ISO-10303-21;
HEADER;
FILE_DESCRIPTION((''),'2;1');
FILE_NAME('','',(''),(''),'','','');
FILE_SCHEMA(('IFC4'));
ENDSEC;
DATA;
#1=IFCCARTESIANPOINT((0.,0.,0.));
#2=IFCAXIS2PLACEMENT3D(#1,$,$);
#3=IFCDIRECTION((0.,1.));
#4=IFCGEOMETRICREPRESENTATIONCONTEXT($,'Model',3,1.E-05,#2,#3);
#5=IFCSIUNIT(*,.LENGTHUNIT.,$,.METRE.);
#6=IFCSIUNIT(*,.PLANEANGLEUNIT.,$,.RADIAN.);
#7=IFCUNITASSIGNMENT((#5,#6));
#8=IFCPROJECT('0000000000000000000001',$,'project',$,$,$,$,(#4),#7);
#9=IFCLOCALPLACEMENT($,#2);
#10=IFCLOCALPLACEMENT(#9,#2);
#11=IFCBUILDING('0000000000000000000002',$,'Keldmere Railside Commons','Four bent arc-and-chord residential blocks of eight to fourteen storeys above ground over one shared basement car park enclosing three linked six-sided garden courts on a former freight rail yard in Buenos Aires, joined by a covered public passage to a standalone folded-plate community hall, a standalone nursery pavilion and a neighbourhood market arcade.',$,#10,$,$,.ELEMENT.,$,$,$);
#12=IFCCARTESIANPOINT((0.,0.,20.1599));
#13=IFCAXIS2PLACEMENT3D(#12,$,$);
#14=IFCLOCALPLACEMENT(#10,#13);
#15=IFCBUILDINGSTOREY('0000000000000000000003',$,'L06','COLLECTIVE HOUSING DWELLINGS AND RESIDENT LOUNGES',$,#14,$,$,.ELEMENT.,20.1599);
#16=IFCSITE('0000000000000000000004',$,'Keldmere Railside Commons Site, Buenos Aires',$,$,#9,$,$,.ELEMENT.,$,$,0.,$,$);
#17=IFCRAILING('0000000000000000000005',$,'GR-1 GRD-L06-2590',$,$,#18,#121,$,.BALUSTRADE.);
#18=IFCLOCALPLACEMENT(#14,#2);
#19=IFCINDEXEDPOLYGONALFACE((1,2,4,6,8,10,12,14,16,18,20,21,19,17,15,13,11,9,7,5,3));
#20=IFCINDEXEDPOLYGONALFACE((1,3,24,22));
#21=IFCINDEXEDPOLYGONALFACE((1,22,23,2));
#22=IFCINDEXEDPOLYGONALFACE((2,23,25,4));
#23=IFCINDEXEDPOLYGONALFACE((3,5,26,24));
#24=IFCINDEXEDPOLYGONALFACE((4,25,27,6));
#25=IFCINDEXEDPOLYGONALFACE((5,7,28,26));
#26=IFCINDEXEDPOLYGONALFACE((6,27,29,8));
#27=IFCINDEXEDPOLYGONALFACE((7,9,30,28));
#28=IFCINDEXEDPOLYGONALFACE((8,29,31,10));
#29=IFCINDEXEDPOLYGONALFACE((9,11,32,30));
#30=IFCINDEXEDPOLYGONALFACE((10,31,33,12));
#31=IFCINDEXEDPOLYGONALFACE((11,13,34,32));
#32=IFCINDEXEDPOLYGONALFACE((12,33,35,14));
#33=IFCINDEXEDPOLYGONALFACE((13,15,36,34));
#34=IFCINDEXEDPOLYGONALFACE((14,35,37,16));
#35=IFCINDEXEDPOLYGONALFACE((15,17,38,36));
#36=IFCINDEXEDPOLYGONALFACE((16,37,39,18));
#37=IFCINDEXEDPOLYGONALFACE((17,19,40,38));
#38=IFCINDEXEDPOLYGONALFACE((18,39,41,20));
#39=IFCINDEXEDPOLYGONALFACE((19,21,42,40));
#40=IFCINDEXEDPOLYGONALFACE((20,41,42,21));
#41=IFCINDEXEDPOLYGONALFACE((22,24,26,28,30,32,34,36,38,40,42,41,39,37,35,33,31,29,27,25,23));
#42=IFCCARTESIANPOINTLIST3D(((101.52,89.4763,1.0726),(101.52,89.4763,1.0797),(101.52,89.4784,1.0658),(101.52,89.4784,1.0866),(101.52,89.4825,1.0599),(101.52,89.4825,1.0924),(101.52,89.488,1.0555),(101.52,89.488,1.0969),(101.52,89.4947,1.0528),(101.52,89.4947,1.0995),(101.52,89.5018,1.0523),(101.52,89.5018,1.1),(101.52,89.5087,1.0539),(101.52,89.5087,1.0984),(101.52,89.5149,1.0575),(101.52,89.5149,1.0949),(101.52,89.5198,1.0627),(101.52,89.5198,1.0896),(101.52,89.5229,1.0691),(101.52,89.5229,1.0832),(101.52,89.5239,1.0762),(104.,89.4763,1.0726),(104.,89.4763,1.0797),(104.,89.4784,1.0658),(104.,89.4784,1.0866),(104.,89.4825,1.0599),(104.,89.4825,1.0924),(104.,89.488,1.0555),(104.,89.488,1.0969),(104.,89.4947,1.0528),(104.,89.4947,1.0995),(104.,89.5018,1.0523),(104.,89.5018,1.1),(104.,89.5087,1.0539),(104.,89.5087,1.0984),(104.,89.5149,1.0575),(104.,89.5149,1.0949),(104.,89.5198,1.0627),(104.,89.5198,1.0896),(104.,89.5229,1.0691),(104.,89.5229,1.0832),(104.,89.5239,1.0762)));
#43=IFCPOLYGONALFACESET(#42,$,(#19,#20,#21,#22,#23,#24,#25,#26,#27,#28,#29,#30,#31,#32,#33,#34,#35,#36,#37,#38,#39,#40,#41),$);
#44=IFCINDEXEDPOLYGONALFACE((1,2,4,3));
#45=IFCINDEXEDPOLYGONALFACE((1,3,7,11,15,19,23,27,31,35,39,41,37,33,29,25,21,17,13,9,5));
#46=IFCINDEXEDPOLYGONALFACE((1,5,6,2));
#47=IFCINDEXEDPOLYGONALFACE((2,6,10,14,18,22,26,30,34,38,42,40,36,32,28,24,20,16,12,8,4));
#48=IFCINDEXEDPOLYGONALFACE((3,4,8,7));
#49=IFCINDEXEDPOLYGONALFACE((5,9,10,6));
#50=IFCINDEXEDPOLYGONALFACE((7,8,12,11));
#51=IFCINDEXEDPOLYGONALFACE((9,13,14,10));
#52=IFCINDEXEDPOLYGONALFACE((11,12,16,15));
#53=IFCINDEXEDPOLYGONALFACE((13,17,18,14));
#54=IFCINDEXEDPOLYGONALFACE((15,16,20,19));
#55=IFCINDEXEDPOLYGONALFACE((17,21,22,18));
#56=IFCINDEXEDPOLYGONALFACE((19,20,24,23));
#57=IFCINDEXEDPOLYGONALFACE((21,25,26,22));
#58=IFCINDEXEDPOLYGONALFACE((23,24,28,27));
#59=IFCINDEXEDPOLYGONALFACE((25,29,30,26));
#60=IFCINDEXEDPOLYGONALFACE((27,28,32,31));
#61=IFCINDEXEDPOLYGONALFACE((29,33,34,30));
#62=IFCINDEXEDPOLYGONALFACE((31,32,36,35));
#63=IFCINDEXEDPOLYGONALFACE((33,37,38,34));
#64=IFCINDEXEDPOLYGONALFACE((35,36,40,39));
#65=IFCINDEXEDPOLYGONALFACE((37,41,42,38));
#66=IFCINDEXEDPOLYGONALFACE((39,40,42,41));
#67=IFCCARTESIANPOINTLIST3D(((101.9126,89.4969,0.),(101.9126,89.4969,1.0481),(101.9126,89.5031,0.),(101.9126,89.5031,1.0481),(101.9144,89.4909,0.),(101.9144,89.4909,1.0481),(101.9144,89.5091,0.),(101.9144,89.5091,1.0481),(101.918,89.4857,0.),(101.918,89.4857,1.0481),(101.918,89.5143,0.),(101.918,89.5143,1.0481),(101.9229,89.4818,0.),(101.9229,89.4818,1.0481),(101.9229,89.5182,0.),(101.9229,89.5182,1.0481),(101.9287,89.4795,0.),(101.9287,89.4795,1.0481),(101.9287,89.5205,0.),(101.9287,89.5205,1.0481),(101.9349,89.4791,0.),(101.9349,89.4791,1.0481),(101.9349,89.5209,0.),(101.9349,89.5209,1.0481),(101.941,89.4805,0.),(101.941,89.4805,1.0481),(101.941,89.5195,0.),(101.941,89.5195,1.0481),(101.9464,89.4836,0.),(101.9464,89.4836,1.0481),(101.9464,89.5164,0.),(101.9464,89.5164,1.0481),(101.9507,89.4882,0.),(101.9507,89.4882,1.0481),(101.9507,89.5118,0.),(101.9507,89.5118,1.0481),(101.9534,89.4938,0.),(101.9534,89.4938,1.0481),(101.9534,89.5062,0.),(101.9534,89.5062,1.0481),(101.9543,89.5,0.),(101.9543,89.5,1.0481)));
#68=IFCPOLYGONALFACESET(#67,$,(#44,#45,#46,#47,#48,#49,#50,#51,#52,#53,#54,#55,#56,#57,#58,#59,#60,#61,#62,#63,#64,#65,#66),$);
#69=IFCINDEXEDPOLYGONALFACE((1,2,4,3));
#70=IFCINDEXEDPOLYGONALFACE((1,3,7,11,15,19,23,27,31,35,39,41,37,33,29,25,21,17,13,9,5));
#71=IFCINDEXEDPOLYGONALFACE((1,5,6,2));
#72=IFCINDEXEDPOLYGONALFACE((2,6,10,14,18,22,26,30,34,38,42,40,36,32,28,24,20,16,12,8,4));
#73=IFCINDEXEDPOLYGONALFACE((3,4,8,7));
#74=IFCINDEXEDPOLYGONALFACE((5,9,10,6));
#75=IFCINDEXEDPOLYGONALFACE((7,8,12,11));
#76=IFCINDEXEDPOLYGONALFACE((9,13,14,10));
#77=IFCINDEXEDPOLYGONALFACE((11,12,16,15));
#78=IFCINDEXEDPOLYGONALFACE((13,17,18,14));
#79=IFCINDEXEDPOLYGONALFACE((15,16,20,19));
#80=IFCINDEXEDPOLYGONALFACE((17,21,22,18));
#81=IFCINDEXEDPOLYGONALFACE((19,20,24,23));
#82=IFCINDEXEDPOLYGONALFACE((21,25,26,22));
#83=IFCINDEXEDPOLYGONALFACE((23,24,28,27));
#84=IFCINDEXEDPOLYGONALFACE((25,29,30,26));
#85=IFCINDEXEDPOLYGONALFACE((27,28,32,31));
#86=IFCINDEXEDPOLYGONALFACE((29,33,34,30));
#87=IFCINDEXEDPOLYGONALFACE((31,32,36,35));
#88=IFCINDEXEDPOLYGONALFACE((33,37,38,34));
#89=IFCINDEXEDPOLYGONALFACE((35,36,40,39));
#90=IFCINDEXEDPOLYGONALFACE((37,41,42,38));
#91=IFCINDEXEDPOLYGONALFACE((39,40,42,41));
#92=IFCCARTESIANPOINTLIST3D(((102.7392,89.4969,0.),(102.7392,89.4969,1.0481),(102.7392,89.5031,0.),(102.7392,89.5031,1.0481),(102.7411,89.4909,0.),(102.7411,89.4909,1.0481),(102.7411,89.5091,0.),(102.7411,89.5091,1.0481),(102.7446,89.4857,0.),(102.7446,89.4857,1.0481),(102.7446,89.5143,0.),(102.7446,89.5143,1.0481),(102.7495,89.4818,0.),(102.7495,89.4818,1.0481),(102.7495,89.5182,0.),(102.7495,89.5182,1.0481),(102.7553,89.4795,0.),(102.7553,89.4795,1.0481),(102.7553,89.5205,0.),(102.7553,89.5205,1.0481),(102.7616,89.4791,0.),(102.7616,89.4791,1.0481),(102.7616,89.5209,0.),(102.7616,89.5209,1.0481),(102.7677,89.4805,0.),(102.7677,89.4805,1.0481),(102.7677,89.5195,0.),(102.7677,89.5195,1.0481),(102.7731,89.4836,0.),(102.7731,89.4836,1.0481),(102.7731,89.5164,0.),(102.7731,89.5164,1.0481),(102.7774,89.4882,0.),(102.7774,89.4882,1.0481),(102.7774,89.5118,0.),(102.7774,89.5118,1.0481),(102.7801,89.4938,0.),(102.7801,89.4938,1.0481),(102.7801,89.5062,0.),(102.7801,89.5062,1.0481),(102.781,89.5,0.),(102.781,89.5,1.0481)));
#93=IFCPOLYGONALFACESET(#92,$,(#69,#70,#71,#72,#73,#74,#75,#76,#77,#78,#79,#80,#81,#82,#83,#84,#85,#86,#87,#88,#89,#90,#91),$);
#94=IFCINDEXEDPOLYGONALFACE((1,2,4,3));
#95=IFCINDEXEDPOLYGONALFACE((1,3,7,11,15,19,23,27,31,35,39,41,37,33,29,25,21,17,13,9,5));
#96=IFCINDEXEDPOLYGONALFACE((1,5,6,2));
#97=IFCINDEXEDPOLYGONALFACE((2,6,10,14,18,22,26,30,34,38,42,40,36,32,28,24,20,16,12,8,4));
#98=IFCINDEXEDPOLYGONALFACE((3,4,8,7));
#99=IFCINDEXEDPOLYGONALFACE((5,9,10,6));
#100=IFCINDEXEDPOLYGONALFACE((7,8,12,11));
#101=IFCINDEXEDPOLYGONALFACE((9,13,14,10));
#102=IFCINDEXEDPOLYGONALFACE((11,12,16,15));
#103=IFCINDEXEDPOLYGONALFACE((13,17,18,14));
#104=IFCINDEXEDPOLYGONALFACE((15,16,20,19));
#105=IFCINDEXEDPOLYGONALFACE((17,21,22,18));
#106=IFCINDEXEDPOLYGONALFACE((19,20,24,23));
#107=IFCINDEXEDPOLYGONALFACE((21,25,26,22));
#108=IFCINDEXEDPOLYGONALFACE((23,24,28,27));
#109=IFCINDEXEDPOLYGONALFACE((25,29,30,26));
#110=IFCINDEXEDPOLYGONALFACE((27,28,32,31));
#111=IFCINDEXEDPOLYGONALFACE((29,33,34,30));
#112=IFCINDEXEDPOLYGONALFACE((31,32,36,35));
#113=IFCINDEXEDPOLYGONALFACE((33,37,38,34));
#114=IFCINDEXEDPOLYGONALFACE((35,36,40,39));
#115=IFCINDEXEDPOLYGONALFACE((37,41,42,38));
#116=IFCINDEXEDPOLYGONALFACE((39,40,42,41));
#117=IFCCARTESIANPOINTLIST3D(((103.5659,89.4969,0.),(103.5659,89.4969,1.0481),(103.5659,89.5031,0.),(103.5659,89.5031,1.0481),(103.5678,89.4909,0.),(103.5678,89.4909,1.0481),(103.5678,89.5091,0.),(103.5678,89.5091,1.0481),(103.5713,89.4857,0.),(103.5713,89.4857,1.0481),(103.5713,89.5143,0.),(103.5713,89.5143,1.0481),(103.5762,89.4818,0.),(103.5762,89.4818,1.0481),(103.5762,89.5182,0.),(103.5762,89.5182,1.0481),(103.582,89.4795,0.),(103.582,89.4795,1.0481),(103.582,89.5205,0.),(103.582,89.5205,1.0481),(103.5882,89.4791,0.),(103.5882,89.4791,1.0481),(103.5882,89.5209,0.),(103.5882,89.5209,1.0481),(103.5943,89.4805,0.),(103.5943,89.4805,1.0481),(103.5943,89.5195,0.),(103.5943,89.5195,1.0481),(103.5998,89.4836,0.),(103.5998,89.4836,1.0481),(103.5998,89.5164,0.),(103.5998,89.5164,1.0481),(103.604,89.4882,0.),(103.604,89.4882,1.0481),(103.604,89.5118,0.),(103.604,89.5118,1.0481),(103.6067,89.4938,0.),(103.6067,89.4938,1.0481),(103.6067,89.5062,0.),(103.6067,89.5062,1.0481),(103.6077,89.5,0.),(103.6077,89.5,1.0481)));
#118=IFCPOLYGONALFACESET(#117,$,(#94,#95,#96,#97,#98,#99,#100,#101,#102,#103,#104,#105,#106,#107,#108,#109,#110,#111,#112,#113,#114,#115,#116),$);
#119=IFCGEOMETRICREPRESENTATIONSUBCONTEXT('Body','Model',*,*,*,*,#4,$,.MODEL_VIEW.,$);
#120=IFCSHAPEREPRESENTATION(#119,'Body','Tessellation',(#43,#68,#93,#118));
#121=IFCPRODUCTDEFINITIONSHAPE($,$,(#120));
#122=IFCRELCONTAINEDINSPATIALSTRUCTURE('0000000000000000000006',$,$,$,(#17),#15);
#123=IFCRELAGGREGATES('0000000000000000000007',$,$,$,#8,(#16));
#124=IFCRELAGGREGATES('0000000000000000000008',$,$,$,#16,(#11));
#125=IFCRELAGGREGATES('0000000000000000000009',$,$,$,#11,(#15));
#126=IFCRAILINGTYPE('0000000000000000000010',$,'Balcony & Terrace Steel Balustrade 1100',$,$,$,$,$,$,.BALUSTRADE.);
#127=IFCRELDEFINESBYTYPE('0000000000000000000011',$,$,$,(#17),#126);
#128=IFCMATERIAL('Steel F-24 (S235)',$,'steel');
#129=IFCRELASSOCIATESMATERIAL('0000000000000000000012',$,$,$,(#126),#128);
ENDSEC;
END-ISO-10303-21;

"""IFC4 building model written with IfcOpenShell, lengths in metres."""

from ifc_helpers import new_model, si_unit, direction, frame, origin, origin_2d, place, context, subcontext, project, spatial, circle, extrude, material, type_object, element, save


model = new_model("IFC4")

# Units and contexts
model_context = context("Model", 3, precision=1e-05, world=origin(), true_north=direction((0.0, 1.0)))
body_context = subcontext(model_context, "Body", "Model", "MODEL_VIEW")
ifc_project = project(units=[si_unit("LENGTHUNIT", "METRE"), si_unit("PLANEANGLEUNIT", "RADIAN")], contexts=[model_context])

# Site, building, storey
site_placement = place(None, origin())
site = spatial("IfcSite", under=ifc_project, at=site_placement, Name="Keldmere Railside Commons Site, Buenos Aires", CompositionType="ELEMENT", RefElevation=0.0)
building_placement = place(site_placement, origin())
building = spatial("IfcBuilding", under=site, at=building_placement, Name="Keldmere Railside Commons", Description="Four bent arc-and-chord residential blocks of eight to fourteen storeys above ground over one shared basement car park enclosing three linked six-sided garden courts on a former freight rail yard in Buenos Aires, joined by a covered public passage to a standalone folded-plate community hall, a standalone nursery pavilion and a neighbourhood market arcade.", CompositionType="ELEMENT")
storey_placement = place(building_placement, frame((0.0, 0.0, 20.1599)))
storey = spatial("IfcBuildingStorey", under=building, at=storey_placement, Name="L06", Description="COLLECTIVE HOUSING DWELLINGS AND RESIDENT LOUNGES", CompositionType="ELEMENT", Elevation=20.1599)

# Railing
ifc_material_1 = material(Name="Steel F-24 (S235)", Category="steel")
railing_type = type_object("IfcRailingType", Name="Balcony & Terrace Steel Balustrade 1100", PredefinedType="BALUSTRADE", material=ifc_material_1)
railing_1_placement = place(storey_placement, frame((101.52, 89.5, 0.0)))
element("IfcRailing", 1, at=railing_1_placement, inside=storey, type_object=railing_type, Name="GR-1 GRD-L06-2590", PredefinedType="BALUSTRADE", context=body_context, shape_type="SweptSolid", body=[
    extrude(circle(Radius=0.0239, at=origin_2d()), frame((0.0, 0.0, 1.0762), z_axis=(1.0, 0.0, 0.0), x_axis=(0.0, 1.0, 0.0)), (0.0, 0.0, 1.0), 2.48),
    extrude(circle(Radius=0.021, at=origin_2d()), frame((0.4133, 0.0, 0.0)), (0.0, 0.0, 1.0), 1.0481),
    extrude(circle(Radius=0.021, at=origin_2d()), frame((1.24, 0.0, 0.0)), (0.0, 0.0, 1.0), 1.0481),
    extrude(circle(Radius=0.021, at=origin_2d()), frame((2.0667, 0.0, 0.0)), (0.0, 0.0, 1.0), 1.0481),
])

save(model, "model.ifc")
